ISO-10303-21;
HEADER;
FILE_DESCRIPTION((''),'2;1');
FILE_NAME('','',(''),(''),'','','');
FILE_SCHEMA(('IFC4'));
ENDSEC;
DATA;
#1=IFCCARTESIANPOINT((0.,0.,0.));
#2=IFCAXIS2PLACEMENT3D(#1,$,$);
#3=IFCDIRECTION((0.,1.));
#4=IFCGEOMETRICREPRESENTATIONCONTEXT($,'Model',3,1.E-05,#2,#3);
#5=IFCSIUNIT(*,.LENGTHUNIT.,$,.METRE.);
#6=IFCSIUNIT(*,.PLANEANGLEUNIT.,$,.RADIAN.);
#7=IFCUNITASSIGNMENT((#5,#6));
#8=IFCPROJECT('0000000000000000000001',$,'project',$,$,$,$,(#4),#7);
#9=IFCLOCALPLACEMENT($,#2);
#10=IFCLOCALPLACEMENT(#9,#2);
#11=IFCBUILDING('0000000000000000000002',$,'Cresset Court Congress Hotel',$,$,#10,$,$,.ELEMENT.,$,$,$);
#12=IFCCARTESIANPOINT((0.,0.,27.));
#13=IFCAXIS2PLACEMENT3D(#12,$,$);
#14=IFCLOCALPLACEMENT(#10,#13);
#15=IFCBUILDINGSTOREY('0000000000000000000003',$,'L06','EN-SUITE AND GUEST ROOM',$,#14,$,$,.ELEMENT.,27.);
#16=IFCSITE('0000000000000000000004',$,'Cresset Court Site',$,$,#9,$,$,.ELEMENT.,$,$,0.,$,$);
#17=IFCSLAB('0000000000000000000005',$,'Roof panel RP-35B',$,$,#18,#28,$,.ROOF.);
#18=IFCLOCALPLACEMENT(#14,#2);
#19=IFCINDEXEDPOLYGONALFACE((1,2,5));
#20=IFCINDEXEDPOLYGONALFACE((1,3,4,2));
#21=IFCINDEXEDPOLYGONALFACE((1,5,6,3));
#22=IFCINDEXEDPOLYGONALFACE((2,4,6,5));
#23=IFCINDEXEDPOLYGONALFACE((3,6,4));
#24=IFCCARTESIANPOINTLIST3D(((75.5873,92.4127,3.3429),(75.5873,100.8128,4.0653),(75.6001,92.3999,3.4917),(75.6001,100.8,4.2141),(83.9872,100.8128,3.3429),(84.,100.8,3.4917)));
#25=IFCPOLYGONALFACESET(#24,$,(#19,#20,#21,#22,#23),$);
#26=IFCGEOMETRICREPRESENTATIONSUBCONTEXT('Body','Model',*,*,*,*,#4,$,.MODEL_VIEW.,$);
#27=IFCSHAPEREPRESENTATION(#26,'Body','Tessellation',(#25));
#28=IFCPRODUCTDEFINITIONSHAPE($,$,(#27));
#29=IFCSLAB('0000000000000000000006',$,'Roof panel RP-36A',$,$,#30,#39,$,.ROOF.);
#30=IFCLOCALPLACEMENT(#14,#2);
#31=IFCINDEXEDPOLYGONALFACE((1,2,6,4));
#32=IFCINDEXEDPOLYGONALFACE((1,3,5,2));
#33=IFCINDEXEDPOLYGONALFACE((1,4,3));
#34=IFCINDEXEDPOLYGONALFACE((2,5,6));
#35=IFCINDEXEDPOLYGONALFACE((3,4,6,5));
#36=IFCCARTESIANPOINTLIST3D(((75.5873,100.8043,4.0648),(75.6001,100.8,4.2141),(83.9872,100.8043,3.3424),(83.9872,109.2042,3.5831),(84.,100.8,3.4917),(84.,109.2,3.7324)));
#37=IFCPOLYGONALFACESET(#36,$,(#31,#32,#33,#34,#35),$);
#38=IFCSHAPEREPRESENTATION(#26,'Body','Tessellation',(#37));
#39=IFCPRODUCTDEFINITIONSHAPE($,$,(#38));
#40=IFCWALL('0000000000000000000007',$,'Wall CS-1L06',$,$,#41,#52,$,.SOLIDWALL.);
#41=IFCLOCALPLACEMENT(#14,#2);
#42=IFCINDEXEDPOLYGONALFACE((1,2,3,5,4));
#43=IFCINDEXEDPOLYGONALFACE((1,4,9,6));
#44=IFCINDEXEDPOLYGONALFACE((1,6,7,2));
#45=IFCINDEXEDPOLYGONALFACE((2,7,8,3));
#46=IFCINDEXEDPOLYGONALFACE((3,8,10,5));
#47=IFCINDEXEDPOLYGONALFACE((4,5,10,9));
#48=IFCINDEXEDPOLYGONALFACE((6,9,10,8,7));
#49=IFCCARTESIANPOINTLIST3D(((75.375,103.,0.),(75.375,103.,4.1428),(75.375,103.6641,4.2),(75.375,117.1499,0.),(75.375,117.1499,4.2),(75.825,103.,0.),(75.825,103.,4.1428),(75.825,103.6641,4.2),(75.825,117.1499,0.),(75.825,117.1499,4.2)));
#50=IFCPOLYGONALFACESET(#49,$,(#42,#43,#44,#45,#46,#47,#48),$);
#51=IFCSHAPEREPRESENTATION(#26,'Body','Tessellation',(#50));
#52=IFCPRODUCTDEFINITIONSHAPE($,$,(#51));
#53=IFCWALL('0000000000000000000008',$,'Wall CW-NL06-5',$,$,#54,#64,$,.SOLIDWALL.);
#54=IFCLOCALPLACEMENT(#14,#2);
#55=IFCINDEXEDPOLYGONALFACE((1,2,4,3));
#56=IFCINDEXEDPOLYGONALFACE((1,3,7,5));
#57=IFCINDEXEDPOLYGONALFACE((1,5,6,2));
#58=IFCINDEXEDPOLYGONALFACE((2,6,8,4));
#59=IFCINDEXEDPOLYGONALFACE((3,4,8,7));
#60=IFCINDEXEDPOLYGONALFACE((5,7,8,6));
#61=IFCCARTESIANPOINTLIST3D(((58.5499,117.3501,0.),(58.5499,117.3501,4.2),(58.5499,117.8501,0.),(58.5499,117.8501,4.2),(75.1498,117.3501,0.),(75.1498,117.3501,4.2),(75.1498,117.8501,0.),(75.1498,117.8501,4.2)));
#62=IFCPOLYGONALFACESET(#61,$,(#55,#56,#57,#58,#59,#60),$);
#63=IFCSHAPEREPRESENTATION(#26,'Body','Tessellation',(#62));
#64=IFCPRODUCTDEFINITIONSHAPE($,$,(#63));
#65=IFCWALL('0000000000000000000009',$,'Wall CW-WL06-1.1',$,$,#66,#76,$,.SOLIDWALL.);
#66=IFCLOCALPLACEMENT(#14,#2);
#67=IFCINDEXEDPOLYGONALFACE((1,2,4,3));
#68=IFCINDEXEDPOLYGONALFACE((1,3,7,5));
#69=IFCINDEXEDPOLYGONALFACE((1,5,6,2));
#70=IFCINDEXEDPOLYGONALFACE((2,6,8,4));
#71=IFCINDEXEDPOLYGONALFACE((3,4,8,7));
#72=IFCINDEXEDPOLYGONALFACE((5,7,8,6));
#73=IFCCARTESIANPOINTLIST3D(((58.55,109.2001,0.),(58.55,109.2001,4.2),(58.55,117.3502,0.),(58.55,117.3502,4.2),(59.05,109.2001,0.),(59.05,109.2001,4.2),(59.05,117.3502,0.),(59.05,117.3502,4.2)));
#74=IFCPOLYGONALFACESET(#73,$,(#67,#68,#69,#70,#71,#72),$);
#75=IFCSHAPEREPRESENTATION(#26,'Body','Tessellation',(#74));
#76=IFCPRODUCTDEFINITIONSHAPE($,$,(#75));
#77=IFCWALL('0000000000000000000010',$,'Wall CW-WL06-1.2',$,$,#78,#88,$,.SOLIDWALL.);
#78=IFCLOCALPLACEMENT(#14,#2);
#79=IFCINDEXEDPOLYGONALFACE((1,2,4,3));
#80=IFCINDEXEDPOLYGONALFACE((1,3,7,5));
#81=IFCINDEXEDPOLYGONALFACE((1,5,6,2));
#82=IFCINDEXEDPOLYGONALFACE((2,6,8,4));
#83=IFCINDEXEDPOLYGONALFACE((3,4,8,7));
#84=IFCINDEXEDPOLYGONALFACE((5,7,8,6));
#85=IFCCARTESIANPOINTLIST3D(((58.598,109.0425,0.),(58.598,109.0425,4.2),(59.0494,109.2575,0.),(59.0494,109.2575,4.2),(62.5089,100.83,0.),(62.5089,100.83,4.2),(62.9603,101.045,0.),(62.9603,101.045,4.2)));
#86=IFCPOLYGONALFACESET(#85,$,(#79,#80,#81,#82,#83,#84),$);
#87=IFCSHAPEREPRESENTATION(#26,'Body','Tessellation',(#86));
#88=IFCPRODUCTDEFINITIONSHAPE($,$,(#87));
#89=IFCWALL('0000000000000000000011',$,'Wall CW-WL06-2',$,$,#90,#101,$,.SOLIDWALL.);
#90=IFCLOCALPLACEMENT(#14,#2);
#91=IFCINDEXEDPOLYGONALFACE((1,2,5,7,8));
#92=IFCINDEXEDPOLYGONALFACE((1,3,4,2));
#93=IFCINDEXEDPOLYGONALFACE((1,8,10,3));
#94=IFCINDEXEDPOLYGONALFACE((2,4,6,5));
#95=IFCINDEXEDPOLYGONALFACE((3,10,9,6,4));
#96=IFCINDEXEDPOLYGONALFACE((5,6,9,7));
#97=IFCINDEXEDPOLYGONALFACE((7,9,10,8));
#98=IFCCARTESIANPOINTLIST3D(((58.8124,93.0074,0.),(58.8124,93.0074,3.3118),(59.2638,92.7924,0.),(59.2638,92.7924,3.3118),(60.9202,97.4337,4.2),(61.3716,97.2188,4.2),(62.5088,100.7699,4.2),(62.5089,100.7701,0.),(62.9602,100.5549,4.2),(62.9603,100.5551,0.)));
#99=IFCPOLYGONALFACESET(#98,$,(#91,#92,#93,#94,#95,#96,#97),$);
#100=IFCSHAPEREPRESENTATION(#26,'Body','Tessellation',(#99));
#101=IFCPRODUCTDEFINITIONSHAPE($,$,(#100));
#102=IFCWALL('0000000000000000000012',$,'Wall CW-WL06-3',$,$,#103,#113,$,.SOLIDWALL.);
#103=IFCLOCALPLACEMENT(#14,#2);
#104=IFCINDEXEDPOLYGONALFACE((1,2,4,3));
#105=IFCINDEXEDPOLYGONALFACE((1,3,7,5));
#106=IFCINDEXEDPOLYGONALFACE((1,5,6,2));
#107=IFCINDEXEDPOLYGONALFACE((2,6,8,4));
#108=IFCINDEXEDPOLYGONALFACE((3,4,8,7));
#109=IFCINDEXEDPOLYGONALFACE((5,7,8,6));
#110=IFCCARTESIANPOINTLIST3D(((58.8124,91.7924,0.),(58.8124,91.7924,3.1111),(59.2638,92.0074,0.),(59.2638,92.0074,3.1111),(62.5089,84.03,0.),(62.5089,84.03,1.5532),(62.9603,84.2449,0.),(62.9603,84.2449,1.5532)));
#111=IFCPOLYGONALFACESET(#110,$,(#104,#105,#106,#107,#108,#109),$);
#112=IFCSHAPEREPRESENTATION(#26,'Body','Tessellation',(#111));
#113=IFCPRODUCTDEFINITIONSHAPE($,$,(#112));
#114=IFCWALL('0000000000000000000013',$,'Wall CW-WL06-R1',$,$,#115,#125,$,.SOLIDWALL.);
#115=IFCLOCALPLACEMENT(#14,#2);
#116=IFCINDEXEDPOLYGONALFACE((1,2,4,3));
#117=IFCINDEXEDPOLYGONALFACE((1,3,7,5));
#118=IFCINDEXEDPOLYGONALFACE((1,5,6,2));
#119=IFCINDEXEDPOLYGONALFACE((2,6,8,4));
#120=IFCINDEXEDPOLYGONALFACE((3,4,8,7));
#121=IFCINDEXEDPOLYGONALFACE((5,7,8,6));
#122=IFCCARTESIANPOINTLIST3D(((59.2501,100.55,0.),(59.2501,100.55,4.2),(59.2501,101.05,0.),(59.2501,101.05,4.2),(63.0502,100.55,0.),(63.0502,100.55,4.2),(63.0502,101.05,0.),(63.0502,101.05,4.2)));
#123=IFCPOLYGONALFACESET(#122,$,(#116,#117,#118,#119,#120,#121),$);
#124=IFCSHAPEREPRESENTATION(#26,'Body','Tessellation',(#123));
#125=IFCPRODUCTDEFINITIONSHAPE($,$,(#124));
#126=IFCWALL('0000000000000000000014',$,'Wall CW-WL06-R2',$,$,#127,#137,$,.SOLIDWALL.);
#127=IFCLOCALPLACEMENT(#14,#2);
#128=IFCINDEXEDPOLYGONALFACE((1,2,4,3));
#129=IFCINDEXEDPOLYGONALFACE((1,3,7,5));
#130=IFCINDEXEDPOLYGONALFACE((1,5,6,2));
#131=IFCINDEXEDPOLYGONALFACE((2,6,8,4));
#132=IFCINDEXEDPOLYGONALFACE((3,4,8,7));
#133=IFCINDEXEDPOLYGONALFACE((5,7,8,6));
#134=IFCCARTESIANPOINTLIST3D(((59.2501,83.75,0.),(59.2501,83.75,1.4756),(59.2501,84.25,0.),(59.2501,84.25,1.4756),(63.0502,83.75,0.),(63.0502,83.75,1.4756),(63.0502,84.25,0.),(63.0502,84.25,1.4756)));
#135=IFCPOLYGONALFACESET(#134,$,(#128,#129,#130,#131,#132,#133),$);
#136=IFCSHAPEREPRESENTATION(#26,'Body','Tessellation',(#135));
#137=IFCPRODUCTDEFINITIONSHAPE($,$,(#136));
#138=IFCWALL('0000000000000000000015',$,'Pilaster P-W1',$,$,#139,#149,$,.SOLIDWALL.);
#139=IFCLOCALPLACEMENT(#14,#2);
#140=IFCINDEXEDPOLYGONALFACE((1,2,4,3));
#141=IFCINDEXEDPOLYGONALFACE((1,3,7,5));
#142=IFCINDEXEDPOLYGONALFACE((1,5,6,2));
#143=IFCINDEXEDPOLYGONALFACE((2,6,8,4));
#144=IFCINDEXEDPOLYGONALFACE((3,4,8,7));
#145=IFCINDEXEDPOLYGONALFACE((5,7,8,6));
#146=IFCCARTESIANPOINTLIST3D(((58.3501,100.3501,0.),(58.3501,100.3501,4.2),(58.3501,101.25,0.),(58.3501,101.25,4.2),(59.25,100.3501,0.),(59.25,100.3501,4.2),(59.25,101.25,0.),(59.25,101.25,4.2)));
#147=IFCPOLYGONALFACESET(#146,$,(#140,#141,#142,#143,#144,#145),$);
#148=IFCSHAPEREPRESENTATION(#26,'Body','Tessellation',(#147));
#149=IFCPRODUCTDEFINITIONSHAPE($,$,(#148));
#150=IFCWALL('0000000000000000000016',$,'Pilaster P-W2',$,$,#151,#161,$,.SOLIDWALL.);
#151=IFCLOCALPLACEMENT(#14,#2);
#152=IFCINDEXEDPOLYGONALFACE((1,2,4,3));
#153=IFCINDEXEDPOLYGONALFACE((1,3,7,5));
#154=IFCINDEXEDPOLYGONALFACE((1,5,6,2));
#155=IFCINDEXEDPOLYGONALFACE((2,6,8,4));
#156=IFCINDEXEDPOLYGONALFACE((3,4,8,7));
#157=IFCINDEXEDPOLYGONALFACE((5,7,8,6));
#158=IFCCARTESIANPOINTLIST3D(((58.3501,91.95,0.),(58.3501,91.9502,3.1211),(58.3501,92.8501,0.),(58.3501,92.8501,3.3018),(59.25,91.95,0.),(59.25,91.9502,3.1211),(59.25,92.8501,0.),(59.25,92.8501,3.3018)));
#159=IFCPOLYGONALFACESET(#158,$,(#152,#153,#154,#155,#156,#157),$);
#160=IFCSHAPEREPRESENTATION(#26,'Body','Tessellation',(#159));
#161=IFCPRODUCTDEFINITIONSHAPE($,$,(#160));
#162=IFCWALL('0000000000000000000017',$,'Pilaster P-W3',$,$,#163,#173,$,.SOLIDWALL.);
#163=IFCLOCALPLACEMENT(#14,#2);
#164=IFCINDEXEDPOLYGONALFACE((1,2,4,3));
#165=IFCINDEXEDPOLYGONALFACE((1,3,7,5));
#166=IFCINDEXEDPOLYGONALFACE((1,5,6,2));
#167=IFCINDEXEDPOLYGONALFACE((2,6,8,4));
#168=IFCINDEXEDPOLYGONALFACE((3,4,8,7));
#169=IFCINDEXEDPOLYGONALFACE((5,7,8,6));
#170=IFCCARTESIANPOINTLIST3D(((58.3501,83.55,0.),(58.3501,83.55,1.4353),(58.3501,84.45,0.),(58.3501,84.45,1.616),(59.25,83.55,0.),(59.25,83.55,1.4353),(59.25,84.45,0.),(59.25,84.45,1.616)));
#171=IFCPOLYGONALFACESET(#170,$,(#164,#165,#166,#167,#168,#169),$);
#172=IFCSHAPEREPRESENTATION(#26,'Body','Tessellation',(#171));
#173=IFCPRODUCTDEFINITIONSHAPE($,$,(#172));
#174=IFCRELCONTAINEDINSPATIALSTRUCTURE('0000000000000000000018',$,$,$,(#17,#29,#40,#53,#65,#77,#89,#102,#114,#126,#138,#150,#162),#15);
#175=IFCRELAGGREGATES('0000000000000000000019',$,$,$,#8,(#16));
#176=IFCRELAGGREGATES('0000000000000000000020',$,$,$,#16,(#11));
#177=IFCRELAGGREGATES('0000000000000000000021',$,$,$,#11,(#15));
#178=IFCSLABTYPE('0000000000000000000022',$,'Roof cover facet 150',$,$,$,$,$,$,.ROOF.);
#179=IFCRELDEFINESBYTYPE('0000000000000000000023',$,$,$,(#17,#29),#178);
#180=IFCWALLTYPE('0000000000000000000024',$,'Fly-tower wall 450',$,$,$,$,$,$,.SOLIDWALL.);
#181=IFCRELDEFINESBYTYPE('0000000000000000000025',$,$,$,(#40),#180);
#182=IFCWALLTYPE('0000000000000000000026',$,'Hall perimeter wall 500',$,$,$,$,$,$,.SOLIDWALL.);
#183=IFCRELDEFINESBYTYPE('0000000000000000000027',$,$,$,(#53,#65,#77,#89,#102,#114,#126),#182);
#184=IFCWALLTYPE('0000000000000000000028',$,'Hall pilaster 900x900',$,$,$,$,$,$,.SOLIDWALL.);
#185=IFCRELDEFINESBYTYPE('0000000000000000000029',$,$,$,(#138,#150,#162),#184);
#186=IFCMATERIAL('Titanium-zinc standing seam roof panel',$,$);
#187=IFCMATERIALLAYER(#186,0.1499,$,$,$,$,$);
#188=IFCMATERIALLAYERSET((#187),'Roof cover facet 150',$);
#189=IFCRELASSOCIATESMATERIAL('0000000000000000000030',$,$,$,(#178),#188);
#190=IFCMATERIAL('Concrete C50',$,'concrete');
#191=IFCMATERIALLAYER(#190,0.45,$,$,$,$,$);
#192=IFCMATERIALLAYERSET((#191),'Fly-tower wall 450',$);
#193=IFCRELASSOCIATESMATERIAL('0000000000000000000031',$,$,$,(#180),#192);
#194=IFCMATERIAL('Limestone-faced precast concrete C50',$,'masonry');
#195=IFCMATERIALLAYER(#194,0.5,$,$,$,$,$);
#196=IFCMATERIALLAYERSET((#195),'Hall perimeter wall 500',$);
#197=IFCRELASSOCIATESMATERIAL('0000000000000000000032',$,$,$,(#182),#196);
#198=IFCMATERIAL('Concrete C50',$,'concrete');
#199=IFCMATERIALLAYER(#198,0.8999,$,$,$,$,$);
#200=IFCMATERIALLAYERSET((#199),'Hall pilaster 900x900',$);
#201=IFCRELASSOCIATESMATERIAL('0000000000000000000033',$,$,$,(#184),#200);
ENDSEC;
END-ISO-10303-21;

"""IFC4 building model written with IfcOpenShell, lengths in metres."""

from ifc_helpers import new_model, si_unit, direction, frame, frame_2d, origin, place, context, subcontext, project, spatial, polyline, rectangle, outline, extrude, material, layer, layer_set, type_object, element, save


model = new_model("IFC4")

# Units and contexts
model_context = context("Model", 3, precision=1e-05, world=origin(), true_north=direction((0.0, 1.0)))
body_context = subcontext(model_context, "Body", "Model", "MODEL_VIEW")
ifc_project = project(units=[si_unit("LENGTHUNIT", "METRE"), si_unit("PLANEANGLEUNIT", "RADIAN")], contexts=[model_context])

# Site, building, storey
site_placement = place(None, origin())
site = spatial("IfcSite", under=ifc_project, at=site_placement, Name="Cresset Court Site", CompositionType="ELEMENT", RefElevation=0.0)
building_placement = place(site_placement, origin())
building = spatial("IfcBuilding", under=site, at=building_placement, Name="Cresset Court Congress Hotel", CompositionType="ELEMENT")
storey_placement = place(building_placement, frame((0.0, 0.0, 27.0)))
storey = spatial("IfcBuildingStorey", under=building, at=storey_placement, Name="L06", Description="EN-SUITE AND GUEST ROOM", CompositionType="ELEMENT", Elevation=27.0)

# Slabs
ifc_material_1 = material(Name="Titanium-zinc standing seam roof panel")
ifc_layer_1 = layer(ifc_material_1, 0.1499)
ifc_layer_set_1 = layer_set([ifc_layer_1], Name="Roof cover facet 150")
slab_type = type_object("IfcSlabType", Name="Roof cover facet 150", PredefinedType="ROOF", material=ifc_layer_set_1)
slab_1_placement = place(storey_placement, frame((75.6001, 92.3999, 3.4917), z_axis=(0.085373, -0.085371, 0.992685), x_axis=(0.707097, 0.707117, 0.0)))
element("IfcSlab", 1, at=slab_1_placement, inside=storey, type_object=slab_type, Name="Roof panel RP-35B", PredefinedType="ROOF", context=body_context, shape_type="SweptSolid", body=[
    extrude(outline(polyline([(0.0, 0.0), (11.8794, 0.0), (5.9399, 5.9835), (0.0, 0.0)])), origin(), (0.0, 0.0, -1.0), 0.1499),
])
slab_2_placement = place(storey_placement, frame((75.6001, 100.8, 4.2141), z_axis=(0.085651, -0.028541, 0.995916), x_axis=(0.996322, 0.0, -0.085686)))
element("IfcSlab", 2, at=slab_2_placement, inside=storey, type_object=slab_type, Name="Roof panel RP-36A", PredefinedType="ROOF", context=body_context, shape_type="SweptSolid", body=[
    extrude(outline(polyline([(0.0, 0.0), (8.4309, 0.0), (8.4103, 8.4033), (0.0, 0.0)])), origin(), (0.0, 0.0, -1.0), 0.1499),
])

# Walls
ifc_material_2 = material(Name="Concrete C50", Category="concrete")
ifc_layer_2 = layer(ifc_material_2, 0.45)
ifc_layer_set_2 = layer_set([ifc_layer_2], Name="Fly-tower wall 450")
wall_type_1 = type_object("IfcWallType", Name="Fly-tower wall 450", PredefinedType="SOLIDWALL", material=ifc_layer_set_2)
wall_1_placement = place(storey_placement, frame((75.6001, 103.0, 0.0), z_axis=(0.0, 0.0, 1.0), x_axis=(0.0, 1.0, 0.0)))
element("IfcWall", 3, at=wall_1_placement, inside=storey, type_object=wall_type_1, Name="Wall CS-1L06", PredefinedType="SOLIDWALL", context=body_context, shape_type="SweptSolid", body=[
    extrude(outline(polyline([(0.0, 0.0), (14.1499, 0.0), (14.1499, 4.2), (0.6641, 4.2), (0.0, 4.1428), (0.0, 0.0)])), frame((0.0, 0.2251, 0.0), z_axis=(0.0, -1.0, 0.0), x_axis=(1.0, 0.0, 0.0)), (0.0, 0.0, 1.0), 0.45),
])
ifc_material_3 = material(Name="Limestone-faced precast concrete C50", Category="masonry")
ifc_layer_3 = layer(ifc_material_3, 0.5)
ifc_layer_set_3 = layer_set([ifc_layer_3], Name="Hall perimeter wall 500")
wall_type_2 = type_object("IfcWallType", Name="Hall perimeter wall 500", PredefinedType="SOLIDWALL", material=ifc_layer_set_3)
wall_2_placement = place(storey_placement, frame((58.55, 117.6001, 0.0), z_axis=(0.0, 0.0, 1.0), x_axis=(1.0, 0.0, 0.0)))
element("IfcWall", 4, at=wall_2_placement, inside=storey, type_object=wall_type_2, Name="Wall CW-NL06-5", PredefinedType="SOLIDWALL", context=body_context, shape_type="SweptSolid", body=[
    extrude(rectangle(XDim=16.5999, YDim=0.5, at=frame_2d((8.2998, 0.0))), origin(), (0.0, 0.0, 1.0), 4.2),
])
wall_3_placement = place(storey_placement, frame((58.8, 109.2, 0.0), z_axis=(0.0, 0.0, 1.0), x_axis=(0.0, 1.0, 0.0)))
element("IfcWall", 5, at=wall_3_placement, inside=storey, type_object=wall_type_2, Name="Wall CW-WL06-1.1", PredefinedType="SOLIDWALL", context=body_context, shape_type="SweptSolid", body=[
    extrude(rectangle(XDim=8.1501, YDim=0.5, at=frame_2d((4.0752, 0.0))), origin(), (0.0, 0.0, 1.0), 4.2),
])
wall_4_placement = place(storey_placement, frame((62.7346, 100.9375, 0.0), z_axis=(0.0, 0.0, 1.0), x_axis=(-0.429953, 0.902851, 0.0)))
element("IfcWall", 6, at=wall_4_placement, inside=storey, type_object=wall_type_2, Name="Wall CW-WL06-1.2", PredefinedType="SOLIDWALL", context=body_context, shape_type="SweptSolid", body=[
    extrude(rectangle(XDim=9.0962, YDim=0.5, at=frame_2d((4.5481, 0.0))), origin(), (0.0, 0.0, 1.0), 4.2),
])
wall_5_placement = place(storey_placement, frame((59.0381, 92.8999, 0.0), z_axis=(0.0, 0.0, 1.0), x_axis=(0.429935, 0.90286, 0.0)))
element("IfcWall", 7, at=wall_5_placement, inside=storey, type_object=wall_type_2, Name="Wall CW-WL06-2", PredefinedType="SOLIDWALL", context=body_context, shape_type="SweptSolid", body=[
    extrude(outline(polyline([(0.0, 0.0), (8.5979, 0.0), (8.5977, 4.2), (4.9026, 4.2), (0.0, 3.3118), (0.0, 0.0)])), frame((0.0, 0.25, 0.0), z_axis=(0.0, -1.0, 0.0), x_axis=(1.0, 0.0, 0.0)), (0.0, 0.0, 1.0), 0.5),
])
wall_6_placement = place(storey_placement, frame((62.7346, 84.1375, 0.0), z_axis=(0.0, 0.0, 1.0), x_axis=(-0.429946, 0.902855, 0.0)))
element("IfcWall", 8, at=wall_6_placement, inside=storey, type_object=wall_type_2, Name="Wall CW-WL06-3", PredefinedType="SOLIDWALL", context=body_context, shape_type="SweptSolid", body=[
    extrude(outline(polyline([(0.0, 0.0), (8.5977, 0.0), (8.5977, 3.1111), (0.0, 1.5532), (0.0, 0.0)])), frame((0.0, 0.25, 0.0), z_axis=(0.0, -1.0, 0.0), x_axis=(1.0, 0.0, 0.0)), (0.0, 0.0, 1.0), 0.5),
])
wall_7_placement = place(storey_placement, frame((63.05, 100.8, 0.0), z_axis=(0.0, 0.0, 1.0), x_axis=(-1.0, 0.0, 0.0)))
element("IfcWall", 9, at=wall_7_placement, inside=storey, type_object=wall_type_2, Name="Wall CW-WL06-R1", PredefinedType="SOLIDWALL", context=body_context, shape_type="SweptSolid", body=[
    extrude(rectangle(XDim=3.8, YDim=0.5, at=frame_2d((1.8999, 0.0))), origin(), (0.0, 0.0, 1.0), 4.2),
])
wall_8_placement = place(storey_placement, frame((63.05, 84.0, 0.0), z_axis=(0.0, 0.0, 1.0), x_axis=(-1.0, 0.0, 0.0)))
element("IfcWall", 10, at=wall_8_placement, inside=storey, type_object=wall_type_2, Name="Wall CW-WL06-R2", PredefinedType="SOLIDWALL", context=body_context, shape_type="SweptSolid", body=[
    extrude(rectangle(XDim=3.8, YDim=0.5, at=frame_2d((1.8999, 0.0))), origin(), (0.0, 0.0, 1.0), 1.4756),
])
ifc_material_4 = material(Name="Concrete C50", Category="concrete")
ifc_layer_4 = layer(ifc_material_4, 0.8999)
ifc_layer_set_4 = layer_set([ifc_layer_4], Name="Hall pilaster 900x900")
wall_type_3 = type_object("IfcWallType", Name="Hall pilaster 900x900", PredefinedType="SOLIDWALL", material=ifc_layer_set_4)
wall_9_placement = place(storey_placement, frame((58.8, 101.25, 0.0), z_axis=(0.0, 0.0, 1.0), x_axis=(0.0, -1.0, 0.0)))
element("IfcWall", 11, at=wall_9_placement, inside=storey, type_object=wall_type_3, Name="Pilaster P-W1", PredefinedType="SOLIDWALL", context=body_context, shape_type="SweptSolid", body=[
    extrude(rectangle(XDim=0.8999, YDim=0.8999, at=frame_2d((0.45, 0.0))), origin(), (0.0, 0.0, 1.0), 4.2),
])
wall_10_placement = place(storey_placement, frame((58.8, 92.8501, 0.0), z_axis=(0.0, 0.0, 1.0), x_axis=(0.0, -1.0, 0.0)))
element("IfcWall", 12, at=wall_10_placement, inside=storey, type_object=wall_type_3, Name="Pilaster P-W2", PredefinedType="SOLIDWALL", context=body_context, shape_type="SweptSolid", body=[
    extrude(outline(polyline([(0.0, 0.0), (0.9001, 0.0), (0.8999, 3.1211), (0.0, 3.3018), (0.0, 0.0)])), frame((0.0, 0.45, 0.0), z_axis=(0.0, -1.0, 0.0), x_axis=(1.0, 0.0, 0.0)), (0.0, 0.0, 1.0), 0.8999),
])
wall_11_placement = place(storey_placement, frame((58.8, 84.45, 0.0), z_axis=(0.0, 0.0, 1.0), x_axis=(0.0, -1.0, 0.0)))
element("IfcWall", 13, at=wall_11_placement, inside=storey, type_object=wall_type_3, Name="Pilaster P-W3", PredefinedType="SOLIDWALL", context=body_context, shape_type="SweptSolid", body=[
    extrude(outline(polyline([(0.0, 0.0), (0.8999, 0.0), (0.8999, 1.4353), (0.0, 1.616), (0.0, 0.0)])), frame((0.0, 0.45, 0.0), z_axis=(0.0, -1.0, 0.0), x_axis=(1.0, 0.0, 0.0)), (0.0, 0.0, 1.0), 0.8999),
])

save(model, "model.ifc")
